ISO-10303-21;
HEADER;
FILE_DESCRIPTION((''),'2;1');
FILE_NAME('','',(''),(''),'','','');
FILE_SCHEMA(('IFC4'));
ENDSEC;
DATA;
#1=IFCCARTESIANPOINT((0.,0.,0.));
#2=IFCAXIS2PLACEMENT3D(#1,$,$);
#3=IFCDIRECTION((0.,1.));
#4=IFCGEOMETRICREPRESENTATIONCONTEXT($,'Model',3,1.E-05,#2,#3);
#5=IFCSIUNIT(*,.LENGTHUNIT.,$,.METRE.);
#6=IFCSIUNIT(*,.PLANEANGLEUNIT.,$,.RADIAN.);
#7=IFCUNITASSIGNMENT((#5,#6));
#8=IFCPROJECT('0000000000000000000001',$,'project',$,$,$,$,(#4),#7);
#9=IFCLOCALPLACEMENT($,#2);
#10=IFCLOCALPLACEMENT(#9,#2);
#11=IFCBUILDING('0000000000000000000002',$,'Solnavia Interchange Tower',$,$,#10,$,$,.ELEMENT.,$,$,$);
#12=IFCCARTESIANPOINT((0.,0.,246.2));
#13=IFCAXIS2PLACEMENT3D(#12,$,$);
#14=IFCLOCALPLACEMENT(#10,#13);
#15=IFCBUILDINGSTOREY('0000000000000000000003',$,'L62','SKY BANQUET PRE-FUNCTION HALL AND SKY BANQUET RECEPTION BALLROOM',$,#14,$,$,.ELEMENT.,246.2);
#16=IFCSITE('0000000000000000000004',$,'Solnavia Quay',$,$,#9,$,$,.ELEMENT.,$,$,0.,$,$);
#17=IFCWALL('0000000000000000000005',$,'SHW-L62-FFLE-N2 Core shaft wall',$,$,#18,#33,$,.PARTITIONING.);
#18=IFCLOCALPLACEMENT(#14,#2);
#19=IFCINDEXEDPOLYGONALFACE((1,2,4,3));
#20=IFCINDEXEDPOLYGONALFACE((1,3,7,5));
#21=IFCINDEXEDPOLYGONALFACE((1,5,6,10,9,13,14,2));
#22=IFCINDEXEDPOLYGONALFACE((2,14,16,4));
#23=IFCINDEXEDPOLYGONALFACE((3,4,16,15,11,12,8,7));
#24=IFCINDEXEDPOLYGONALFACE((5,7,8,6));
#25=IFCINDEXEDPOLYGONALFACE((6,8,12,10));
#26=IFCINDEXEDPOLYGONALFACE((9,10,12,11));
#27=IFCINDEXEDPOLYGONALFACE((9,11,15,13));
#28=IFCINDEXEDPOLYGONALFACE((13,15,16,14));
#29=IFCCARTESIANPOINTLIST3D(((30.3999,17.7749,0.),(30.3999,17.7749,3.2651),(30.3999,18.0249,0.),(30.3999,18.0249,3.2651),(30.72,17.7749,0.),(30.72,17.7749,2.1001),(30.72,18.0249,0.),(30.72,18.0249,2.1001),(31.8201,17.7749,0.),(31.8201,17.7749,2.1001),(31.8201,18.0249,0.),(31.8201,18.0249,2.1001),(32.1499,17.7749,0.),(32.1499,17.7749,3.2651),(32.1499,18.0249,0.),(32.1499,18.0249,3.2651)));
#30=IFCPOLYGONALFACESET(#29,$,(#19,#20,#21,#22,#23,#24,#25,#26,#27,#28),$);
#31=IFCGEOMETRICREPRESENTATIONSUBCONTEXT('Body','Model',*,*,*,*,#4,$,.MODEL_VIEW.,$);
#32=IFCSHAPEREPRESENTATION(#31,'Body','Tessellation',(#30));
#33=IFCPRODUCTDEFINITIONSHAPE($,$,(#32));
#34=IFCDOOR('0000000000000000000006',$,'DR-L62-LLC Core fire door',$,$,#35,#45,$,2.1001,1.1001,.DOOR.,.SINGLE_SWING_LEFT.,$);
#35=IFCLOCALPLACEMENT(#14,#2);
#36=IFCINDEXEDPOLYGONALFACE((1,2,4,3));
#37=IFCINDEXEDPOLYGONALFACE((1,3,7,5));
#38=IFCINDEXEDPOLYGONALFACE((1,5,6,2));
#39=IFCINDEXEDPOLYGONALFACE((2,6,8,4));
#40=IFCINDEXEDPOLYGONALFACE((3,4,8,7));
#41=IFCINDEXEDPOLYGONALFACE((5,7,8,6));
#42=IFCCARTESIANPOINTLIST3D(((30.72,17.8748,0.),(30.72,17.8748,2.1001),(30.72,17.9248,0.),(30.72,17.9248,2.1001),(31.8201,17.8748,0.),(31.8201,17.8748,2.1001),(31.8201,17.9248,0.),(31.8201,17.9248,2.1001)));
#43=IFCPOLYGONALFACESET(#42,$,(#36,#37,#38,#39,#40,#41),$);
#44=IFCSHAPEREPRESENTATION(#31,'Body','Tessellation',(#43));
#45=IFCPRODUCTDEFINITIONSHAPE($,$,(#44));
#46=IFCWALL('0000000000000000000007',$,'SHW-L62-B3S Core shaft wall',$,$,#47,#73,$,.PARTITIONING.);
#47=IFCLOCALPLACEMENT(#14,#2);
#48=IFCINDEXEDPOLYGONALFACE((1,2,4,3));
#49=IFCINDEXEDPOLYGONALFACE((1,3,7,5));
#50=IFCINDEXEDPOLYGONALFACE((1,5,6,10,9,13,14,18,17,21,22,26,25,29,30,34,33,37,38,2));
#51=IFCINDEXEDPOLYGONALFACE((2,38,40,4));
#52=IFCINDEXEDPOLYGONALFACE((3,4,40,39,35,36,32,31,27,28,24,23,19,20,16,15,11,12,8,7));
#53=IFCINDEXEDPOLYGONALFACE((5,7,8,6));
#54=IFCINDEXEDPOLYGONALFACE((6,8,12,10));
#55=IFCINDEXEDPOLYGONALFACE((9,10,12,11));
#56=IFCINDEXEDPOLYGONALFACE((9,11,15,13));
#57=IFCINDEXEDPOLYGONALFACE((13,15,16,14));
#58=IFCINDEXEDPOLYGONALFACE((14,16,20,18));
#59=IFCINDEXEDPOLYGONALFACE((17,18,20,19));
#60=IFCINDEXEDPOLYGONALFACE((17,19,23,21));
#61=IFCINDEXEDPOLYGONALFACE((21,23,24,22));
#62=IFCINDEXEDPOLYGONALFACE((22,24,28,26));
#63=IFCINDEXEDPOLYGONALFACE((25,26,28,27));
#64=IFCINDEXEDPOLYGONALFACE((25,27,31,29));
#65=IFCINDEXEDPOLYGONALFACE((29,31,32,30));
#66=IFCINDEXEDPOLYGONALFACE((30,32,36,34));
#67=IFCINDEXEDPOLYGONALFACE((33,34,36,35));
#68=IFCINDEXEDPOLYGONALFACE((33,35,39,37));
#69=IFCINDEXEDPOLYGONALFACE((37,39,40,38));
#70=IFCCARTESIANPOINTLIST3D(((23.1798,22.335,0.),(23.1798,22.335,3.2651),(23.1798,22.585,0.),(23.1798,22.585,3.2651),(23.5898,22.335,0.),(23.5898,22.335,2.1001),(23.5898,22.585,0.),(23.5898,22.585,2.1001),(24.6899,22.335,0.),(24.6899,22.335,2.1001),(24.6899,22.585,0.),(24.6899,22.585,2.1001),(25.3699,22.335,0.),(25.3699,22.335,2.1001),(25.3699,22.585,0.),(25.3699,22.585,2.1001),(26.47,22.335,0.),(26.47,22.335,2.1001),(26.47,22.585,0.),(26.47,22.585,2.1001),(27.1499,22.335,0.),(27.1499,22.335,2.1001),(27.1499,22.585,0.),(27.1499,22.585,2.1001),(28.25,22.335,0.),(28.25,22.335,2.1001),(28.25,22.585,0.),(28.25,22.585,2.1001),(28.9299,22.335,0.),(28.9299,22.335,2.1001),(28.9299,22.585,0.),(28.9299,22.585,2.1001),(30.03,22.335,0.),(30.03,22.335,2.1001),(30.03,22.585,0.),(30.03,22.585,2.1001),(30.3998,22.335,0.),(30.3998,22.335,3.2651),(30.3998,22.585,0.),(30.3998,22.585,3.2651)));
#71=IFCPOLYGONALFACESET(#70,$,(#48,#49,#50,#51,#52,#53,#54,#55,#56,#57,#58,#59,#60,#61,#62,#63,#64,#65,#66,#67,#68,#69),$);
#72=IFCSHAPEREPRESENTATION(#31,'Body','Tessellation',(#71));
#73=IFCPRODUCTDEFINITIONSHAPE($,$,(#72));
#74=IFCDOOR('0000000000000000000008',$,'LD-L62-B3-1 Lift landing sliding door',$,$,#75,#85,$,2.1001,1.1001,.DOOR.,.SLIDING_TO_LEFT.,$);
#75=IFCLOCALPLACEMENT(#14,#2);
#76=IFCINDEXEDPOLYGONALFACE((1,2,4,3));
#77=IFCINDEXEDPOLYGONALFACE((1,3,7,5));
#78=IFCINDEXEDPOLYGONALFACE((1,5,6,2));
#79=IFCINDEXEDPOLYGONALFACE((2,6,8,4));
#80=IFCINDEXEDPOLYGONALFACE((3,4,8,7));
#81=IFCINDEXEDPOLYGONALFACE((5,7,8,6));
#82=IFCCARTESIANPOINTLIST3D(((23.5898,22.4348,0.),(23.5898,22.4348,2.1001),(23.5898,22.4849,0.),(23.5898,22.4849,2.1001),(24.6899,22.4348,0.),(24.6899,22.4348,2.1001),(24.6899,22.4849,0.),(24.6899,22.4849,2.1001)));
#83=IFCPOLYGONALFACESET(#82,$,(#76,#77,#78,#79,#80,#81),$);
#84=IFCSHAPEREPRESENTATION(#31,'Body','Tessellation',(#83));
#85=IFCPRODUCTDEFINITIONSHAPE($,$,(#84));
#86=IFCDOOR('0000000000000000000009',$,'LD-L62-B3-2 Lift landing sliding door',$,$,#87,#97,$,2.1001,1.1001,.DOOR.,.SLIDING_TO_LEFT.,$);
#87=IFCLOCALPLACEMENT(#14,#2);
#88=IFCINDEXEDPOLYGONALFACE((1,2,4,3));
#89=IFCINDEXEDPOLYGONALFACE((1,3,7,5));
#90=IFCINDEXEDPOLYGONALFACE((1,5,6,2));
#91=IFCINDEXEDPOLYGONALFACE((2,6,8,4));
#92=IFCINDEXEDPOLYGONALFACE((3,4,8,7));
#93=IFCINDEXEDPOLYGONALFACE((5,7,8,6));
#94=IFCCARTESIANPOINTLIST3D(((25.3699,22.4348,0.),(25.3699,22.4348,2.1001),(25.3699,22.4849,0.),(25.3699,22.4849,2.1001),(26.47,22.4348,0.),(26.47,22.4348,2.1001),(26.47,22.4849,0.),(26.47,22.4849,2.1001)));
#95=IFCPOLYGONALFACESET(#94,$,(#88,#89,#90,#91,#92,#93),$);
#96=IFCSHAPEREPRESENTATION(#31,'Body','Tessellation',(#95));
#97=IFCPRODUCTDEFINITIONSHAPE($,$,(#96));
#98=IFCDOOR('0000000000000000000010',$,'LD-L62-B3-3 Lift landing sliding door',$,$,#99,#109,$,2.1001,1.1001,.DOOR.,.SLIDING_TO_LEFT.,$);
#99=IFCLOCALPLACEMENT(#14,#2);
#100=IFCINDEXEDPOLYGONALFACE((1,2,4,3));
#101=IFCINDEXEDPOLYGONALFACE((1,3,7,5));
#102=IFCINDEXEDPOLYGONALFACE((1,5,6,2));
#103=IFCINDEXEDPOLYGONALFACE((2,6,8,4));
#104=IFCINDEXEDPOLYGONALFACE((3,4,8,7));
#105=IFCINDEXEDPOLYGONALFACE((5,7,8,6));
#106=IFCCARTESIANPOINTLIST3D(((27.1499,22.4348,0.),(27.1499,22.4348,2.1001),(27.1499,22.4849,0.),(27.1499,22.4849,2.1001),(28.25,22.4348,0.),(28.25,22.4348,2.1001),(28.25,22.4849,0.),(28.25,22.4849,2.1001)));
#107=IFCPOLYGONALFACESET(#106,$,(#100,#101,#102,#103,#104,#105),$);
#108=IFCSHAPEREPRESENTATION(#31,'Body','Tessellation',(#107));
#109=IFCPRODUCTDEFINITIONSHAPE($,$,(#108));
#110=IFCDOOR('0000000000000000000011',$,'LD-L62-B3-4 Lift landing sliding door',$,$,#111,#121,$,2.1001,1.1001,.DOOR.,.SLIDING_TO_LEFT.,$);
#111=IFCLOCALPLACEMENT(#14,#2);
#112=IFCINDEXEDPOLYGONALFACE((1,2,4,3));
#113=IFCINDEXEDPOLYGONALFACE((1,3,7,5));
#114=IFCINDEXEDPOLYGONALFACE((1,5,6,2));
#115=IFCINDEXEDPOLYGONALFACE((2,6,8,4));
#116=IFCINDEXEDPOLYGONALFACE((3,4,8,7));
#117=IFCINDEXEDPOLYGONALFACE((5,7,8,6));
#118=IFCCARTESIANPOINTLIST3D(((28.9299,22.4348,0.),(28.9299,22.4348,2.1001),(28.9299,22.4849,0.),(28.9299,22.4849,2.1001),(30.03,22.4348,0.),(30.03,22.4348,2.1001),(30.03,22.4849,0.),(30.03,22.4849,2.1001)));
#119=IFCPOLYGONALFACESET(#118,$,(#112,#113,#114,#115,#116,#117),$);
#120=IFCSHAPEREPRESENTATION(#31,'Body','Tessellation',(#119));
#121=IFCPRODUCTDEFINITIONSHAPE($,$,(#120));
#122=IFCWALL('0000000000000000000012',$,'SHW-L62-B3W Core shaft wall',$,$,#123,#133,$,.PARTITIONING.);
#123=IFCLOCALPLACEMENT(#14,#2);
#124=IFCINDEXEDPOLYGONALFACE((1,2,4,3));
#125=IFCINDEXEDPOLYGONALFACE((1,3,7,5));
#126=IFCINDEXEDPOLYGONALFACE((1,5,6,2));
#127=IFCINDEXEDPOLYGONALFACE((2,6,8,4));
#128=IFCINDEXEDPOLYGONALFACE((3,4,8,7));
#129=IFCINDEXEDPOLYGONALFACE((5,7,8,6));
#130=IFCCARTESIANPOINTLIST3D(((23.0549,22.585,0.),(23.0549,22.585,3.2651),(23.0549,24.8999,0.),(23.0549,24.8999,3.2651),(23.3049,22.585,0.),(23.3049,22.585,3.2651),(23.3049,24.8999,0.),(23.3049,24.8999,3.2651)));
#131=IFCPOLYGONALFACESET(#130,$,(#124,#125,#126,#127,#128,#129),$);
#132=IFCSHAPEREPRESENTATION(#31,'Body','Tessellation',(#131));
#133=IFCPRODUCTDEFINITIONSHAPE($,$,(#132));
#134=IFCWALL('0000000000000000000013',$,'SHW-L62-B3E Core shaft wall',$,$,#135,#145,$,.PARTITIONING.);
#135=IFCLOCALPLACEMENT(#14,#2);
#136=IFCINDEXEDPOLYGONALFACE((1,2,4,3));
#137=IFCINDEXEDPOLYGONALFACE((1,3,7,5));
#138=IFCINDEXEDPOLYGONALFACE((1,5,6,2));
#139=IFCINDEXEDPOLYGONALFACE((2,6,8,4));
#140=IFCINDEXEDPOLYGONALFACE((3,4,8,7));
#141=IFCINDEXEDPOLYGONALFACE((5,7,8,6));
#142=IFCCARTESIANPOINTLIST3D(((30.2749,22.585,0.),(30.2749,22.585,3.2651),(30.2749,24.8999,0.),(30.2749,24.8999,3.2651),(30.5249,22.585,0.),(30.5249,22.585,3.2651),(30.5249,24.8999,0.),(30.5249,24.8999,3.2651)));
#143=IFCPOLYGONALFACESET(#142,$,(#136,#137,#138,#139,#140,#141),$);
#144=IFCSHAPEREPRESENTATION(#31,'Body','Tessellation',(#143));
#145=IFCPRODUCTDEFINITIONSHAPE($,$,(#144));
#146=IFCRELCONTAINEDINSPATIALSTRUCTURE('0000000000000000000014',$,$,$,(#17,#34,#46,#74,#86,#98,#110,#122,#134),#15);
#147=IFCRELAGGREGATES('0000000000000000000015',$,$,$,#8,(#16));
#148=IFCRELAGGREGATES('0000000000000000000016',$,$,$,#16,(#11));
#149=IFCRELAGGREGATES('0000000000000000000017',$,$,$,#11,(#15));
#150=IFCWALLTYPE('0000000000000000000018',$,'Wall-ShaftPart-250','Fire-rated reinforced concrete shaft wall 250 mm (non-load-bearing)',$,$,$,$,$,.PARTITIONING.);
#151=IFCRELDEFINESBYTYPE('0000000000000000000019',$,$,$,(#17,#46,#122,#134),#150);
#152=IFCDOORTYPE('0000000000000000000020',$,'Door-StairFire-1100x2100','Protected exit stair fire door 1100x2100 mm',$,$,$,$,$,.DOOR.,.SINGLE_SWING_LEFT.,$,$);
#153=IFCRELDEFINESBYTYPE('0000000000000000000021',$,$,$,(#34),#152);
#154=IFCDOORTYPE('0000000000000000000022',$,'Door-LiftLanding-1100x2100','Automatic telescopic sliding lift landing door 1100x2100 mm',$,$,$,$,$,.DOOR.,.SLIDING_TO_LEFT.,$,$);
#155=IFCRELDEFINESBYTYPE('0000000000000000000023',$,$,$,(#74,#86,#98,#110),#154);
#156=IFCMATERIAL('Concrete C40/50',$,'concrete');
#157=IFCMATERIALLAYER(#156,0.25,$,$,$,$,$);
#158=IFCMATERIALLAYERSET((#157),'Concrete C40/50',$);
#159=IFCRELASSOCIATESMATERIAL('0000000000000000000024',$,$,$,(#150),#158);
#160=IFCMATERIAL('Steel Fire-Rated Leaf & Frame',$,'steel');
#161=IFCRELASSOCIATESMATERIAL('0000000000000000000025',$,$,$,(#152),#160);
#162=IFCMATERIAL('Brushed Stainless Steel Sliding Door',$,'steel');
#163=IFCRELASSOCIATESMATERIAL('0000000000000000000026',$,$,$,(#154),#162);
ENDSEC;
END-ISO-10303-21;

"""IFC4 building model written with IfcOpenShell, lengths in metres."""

from ifc_helpers import new_model, si_unit, direction, frame, frame_2d, origin, place, context, subcontext, project, spatial, rectangle, extrude, material, layer, layer_set, type_object, element, fill, save


model = new_model("IFC4")

# Units and contexts
model_context = context("Model", 3, precision=1e-05, world=origin(), true_north=direction((0.0, 1.0)))
body_context = subcontext(model_context, "Body", "Model", "MODEL_VIEW")
ifc_project = project(units=[si_unit("LENGTHUNIT", "METRE"), si_unit("PLANEANGLEUNIT", "RADIAN")], contexts=[model_context])

# Site, building, storey
site_placement = place(None, origin())
site = spatial("IfcSite", under=ifc_project, at=site_placement, Name="Solnavia Quay", CompositionType="ELEMENT", RefElevation=0.0)
building_placement = place(site_placement, origin())
building = spatial("IfcBuilding", under=site, at=building_placement, Name="Solnavia Interchange Tower", CompositionType="ELEMENT")
storey_placement = place(building_placement, frame((0.0, 0.0, 246.2)))
storey = spatial("IfcBuildingStorey", under=building, at=storey_placement, Name="L62", Description="SKY BANQUET PRE-FUNCTION HALL AND SKY BANQUET RECEPTION BALLROOM", CompositionType="ELEMENT", Elevation=246.2)

# Shared definitions
ifc_material_1 = material(Name="Concrete C40/50", Category="concrete")
ifc_layer_1 = layer(ifc_material_1, 0.25)
ifc_layer_set_1 = layer_set([ifc_layer_1], Name="Concrete C40/50")
wall_type_1 = type_object("IfcWallType", Name="Wall-ShaftPart-250", Description="Fire-rated reinforced concrete shaft wall 250 mm (non-load-bearing)", PredefinedType="PARTITIONING", material=ifc_layer_set_1)

# Wall, opening, door
wall_1_placement = place(storey_placement, frame((30.3999, 17.8999, 0.0), z_axis=(0.0, 0.0, 1.0), x_axis=(1.0, 0.0, 0.0)))
wall_1 = element("IfcWall", 1, at=wall_1_placement, inside=storey, type_object=wall_type_1, Name="SHW-L62-FFLE-N2 Core shaft wall", PredefinedType="PARTITIONING", context=body_context, shape_type="SweptSolid", body=[
    extrude(rectangle(XDim=1.75, YDim=0.25, at=frame_2d((0.875, 0.0))), origin(), (0.0, 0.0, 1.0), 3.2651),
])
opening_1_placement = place(wall_1_placement, frame((0.3201, 0.0, 0.0)))
opening_1 = element("IfcOpeningElement", 2, at=opening_1_placement, cuts=wall_1, PredefinedType="OPENING", context=body_context, shape_type="SweptSolid", body=[
    extrude(rectangle(XDim=1.1001, YDim=2.1001, at=frame_2d((0.55, 1.05))), frame((0.0, 0.135, 0.0), z_axis=(0.0, -1.0, 0.0), x_axis=(1.0, 0.0, 0.0)), (0.0, 0.0, 1.0), 0.27),
])
ifc_material_2 = material(Name="Steel Fire-Rated Leaf & Frame", Category="steel")
door_type_1 = type_object("IfcDoorType", Name="Door-StairFire-1100x2100", Description="Protected exit stair fire door 1100x2100 mm", OperationType="SINGLE_SWING_LEFT", PredefinedType="DOOR", material=ifc_material_2)
door_1_placement = place(opening_1_placement, origin())
door_1 = element("IfcDoor", 3, at=door_1_placement, inside=storey, type_object=door_type_1, Name="DR-L62-LLC Core fire door", OperationType="SINGLE_SWING_LEFT", OverallHeight=2.1001, OverallWidth=1.1001, PredefinedType="DOOR", context=body_context, shape_type="SweptSolid", body=[
    extrude(rectangle(XDim=1.1001, YDim=2.1001, at=frame_2d((0.55, 1.05))), frame((0.0, 0.0249, 0.0), z_axis=(0.0, -1.0, 0.0), x_axis=(1.0, 0.0, 0.0)), (0.0, 0.0, 1.0), 0.05),
])
fill(opening_1, door_1)

# Wall, openings, doors
wall_2_placement = place(storey_placement, frame((23.1799, 22.46, 0.0), z_axis=(0.0, 0.0, 1.0), x_axis=(1.0, 0.0, 0.0)))
wall_2 = element("IfcWall", 4, at=wall_2_placement, inside=storey, type_object=wall_type_1, Name="SHW-L62-B3S Core shaft wall", PredefinedType="PARTITIONING", context=body_context, shape_type="SweptSolid", body=[
    extrude(rectangle(XDim=7.22, YDim=0.25, at=frame_2d((3.6099, 0.0))), origin(), (0.0, 0.0, 1.0), 3.2651),
])
opening_2_placement = place(wall_2_placement, frame((0.4099, 0.0, 0.0)))
opening_2 = element("IfcOpeningElement", 5, at=opening_2_placement, cuts=wall_2, PredefinedType="OPENING", context=body_context, shape_type="SweptSolid", body=[
    extrude(rectangle(XDim=1.1001, YDim=2.1001, at=frame_2d((0.55, 1.05))), frame((0.0, 0.135, 0.0), z_axis=(0.0, -1.0, 0.0), x_axis=(1.0, 0.0, 0.0)), (0.0, 0.0, 1.0), 0.27),
])
opening_3_placement = place(wall_2_placement, frame((2.1899, 0.0, 0.0)))
opening_3 = element("IfcOpeningElement", 6, at=opening_3_placement, cuts=wall_2, PredefinedType="OPENING", context=body_context, shape_type="SweptSolid", body=[
    extrude(rectangle(XDim=1.1001, YDim=2.1001, at=frame_2d((0.55, 1.05))), frame((0.0, 0.135, 0.0), z_axis=(0.0, -1.0, 0.0), x_axis=(1.0, 0.0, 0.0)), (0.0, 0.0, 1.0), 0.27),
])
opening_4_placement = place(wall_2_placement, frame((3.97, 0.0, 0.0)))
opening_4 = element("IfcOpeningElement", 7, at=opening_4_placement, cuts=wall_2, PredefinedType="OPENING", context=body_context, shape_type="SweptSolid", body=[
    extrude(rectangle(XDim=1.1001, YDim=2.1001, at=frame_2d((0.55, 1.05))), frame((0.0, 0.135, 0.0), z_axis=(0.0, -1.0, 0.0), x_axis=(1.0, 0.0, 0.0)), (0.0, 0.0, 1.0), 0.27),
])
opening_5_placement = place(wall_2_placement, frame((5.75, 0.0, 0.0)))
opening_5 = element("IfcOpeningElement", 8, at=opening_5_placement, cuts=wall_2, PredefinedType="OPENING", context=body_context, shape_type="SweptSolid", body=[
    extrude(rectangle(XDim=1.1001, YDim=2.1001, at=frame_2d((0.55, 1.05))), frame((0.0, 0.135, 0.0), z_axis=(0.0, -1.0, 0.0), x_axis=(1.0, 0.0, 0.0)), (0.0, 0.0, 1.0), 0.27),
])
ifc_material_3 = material(Name="Brushed Stainless Steel Sliding Door", Category="steel")
door_type_2 = type_object("IfcDoorType", Name="Door-LiftLanding-1100x2100", Description="Automatic telescopic sliding lift landing door 1100x2100 mm", OperationType="SLIDING_TO_LEFT", PredefinedType="DOOR", material=ifc_material_3)
door_2_placement = place(opening_2_placement, origin())
door_2 = element("IfcDoor", 9, at=door_2_placement, inside=storey, type_object=door_type_2, Name="LD-L62-B3-1 Lift landing sliding door", OperationType="SLIDING_TO_LEFT", OverallHeight=2.1001, OverallWidth=1.1001, PredefinedType="DOOR", context=body_context, shape_type="SweptSolid", body=[
    extrude(rectangle(XDim=1.1001, YDim=2.1001, at=frame_2d((0.55, 1.05))), frame((0.0, 0.0249, 0.0), z_axis=(0.0, -1.0, 0.0), x_axis=(1.0, 0.0, 0.0)), (0.0, 0.0, 1.0), 0.05),
])
fill(opening_2, door_2)
door_3_placement = place(opening_3_placement, origin())
door_3 = element("IfcDoor", 10, at=door_3_placement, inside=storey, type_object=door_type_2, Name="LD-L62-B3-2 Lift landing sliding door", OperationType="SLIDING_TO_LEFT", OverallHeight=2.1001, OverallWidth=1.1001, PredefinedType="DOOR", context=body_context, shape_type="SweptSolid", body=[
    extrude(rectangle(XDim=1.1001, YDim=2.1001, at=frame_2d((0.55, 1.05))), frame((0.0, 0.0249, 0.0), z_axis=(0.0, -1.0, 0.0), x_axis=(1.0, 0.0, 0.0)), (0.0, 0.0, 1.0), 0.05),
])
fill(opening_3, door_3)
door_4_placement = place(opening_4_placement, origin())
door_4 = element("IfcDoor", 11, at=door_4_placement, inside=storey, type_object=door_type_2, Name="LD-L62-B3-3 Lift landing sliding door", OperationType="SLIDING_TO_LEFT", OverallHeight=2.1001, OverallWidth=1.1001, PredefinedType="DOOR", context=body_context, shape_type="SweptSolid", body=[
    extrude(rectangle(XDim=1.1001, YDim=2.1001, at=frame_2d((0.55, 1.05))), frame((0.0, 0.0249, 0.0), z_axis=(0.0, -1.0, 0.0), x_axis=(1.0, 0.0, 0.0)), (0.0, 0.0, 1.0), 0.05),
])
fill(opening_4, door_4)
door_5_placement = place(opening_5_placement, origin())
door_5 = element("IfcDoor", 12, at=door_5_placement, inside=storey, type_object=door_type_2, Name="LD-L62-B3-4 Lift landing sliding door", OperationType="SLIDING_TO_LEFT", OverallHeight=2.1001, OverallWidth=1.1001, PredefinedType="DOOR", context=body_context, shape_type="SweptSolid", body=[
    extrude(rectangle(XDim=1.1001, YDim=2.1001, at=frame_2d((0.55, 1.05))), frame((0.0, 0.0249, 0.0), z_axis=(0.0, -1.0, 0.0), x_axis=(1.0, 0.0, 0.0)), (0.0, 0.0, 1.0), 0.05),
])
fill(opening_5, door_5)

# Walls
for number, where, z_axis, x_axis, name in (
    (13, (23.1799, 22.585, 0.0), (0.0, 0.0, 1.0), (0.0, 1.0, 0.0), "SHW-L62-B3W Core shaft wall"),
    (14, (30.3999, 22.585, 0.0), (0.0, 0.0, 1.0), (0.0, 1.0, 0.0), "SHW-L62-B3E Core shaft wall"),
):
    element("IfcWall", number, at=place(storey_placement, frame(where, z_axis=z_axis, x_axis=x_axis)), inside=storey, type_object=wall_type_1, Name=name, PredefinedType="PARTITIONING", context=body_context, shape_type="SweptSolid", body=[
        extrude(rectangle(XDim=2.3149, YDim=0.25, at=frame_2d((1.1575, 0.0))), origin(), (0.0, 0.0, 1.0), 3.2651),
    ])

save(model, "model.ifc")
